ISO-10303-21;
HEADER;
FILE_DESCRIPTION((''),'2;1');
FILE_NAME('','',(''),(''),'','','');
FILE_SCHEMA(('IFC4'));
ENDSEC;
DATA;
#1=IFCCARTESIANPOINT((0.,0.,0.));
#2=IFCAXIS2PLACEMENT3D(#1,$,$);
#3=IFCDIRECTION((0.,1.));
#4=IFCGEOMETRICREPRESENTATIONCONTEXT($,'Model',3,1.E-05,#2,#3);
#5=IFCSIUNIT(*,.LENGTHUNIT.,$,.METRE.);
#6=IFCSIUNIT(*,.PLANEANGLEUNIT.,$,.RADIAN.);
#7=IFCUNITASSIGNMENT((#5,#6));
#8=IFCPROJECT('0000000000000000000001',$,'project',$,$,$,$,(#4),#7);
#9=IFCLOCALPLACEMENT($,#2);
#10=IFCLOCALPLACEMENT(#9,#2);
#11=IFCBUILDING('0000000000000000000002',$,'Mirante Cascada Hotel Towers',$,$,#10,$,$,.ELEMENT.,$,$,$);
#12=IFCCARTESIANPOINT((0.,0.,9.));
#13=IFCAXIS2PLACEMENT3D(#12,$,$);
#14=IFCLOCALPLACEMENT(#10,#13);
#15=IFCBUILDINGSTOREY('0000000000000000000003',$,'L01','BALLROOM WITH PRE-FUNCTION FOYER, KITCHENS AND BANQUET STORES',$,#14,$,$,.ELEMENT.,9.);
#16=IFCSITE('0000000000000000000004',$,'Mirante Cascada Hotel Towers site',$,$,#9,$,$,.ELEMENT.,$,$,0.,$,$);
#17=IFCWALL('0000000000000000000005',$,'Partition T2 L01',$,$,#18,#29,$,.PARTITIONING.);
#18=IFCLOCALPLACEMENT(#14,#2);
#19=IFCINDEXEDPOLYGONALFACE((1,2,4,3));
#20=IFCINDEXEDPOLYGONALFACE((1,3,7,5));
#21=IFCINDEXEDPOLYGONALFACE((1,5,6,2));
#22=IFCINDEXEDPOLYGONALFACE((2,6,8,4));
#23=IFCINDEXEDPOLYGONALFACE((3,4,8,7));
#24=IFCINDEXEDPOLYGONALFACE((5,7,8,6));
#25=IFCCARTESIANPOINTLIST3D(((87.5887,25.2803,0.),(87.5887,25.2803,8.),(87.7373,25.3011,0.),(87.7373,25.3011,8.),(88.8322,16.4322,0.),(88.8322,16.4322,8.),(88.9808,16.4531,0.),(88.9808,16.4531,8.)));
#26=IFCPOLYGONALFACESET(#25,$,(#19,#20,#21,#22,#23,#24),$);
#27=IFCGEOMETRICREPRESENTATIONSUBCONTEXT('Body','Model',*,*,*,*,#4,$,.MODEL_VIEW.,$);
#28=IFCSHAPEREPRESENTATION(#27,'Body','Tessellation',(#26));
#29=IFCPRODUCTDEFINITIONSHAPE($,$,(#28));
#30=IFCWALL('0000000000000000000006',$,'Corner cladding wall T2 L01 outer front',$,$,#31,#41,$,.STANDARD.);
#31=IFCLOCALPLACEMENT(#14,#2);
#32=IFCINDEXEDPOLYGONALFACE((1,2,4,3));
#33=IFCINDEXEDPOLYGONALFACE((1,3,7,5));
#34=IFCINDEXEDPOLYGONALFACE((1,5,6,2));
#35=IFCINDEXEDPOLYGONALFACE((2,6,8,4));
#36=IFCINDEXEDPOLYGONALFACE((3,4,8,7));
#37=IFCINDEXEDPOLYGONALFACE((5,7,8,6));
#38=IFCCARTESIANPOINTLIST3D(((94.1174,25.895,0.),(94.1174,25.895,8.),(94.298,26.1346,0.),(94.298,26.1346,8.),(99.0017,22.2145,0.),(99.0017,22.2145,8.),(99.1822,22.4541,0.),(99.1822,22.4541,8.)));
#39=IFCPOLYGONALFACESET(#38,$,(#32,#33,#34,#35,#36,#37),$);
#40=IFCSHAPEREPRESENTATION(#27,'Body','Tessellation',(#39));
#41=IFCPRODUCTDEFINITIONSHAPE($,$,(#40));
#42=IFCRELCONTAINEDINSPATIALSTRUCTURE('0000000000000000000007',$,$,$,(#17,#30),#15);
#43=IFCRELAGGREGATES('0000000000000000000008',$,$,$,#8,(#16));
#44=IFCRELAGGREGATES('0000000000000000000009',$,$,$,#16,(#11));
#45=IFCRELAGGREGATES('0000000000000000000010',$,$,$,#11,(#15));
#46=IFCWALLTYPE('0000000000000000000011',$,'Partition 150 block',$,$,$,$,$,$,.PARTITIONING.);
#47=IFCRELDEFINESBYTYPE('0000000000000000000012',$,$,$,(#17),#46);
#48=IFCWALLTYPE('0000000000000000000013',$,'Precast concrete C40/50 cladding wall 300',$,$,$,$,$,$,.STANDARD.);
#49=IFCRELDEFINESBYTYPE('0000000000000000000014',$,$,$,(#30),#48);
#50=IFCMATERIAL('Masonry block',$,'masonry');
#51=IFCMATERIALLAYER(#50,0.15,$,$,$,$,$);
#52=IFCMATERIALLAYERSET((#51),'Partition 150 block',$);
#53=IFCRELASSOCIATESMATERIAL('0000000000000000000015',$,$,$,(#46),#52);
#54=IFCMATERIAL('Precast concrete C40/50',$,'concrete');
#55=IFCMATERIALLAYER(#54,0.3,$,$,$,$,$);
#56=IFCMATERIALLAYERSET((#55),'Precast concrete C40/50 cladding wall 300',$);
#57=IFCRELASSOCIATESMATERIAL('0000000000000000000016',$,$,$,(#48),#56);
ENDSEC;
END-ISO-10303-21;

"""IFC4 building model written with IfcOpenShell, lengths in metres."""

from ifc_helpers import new_model, si_unit, direction, frame, frame_2d, origin, place, context, subcontext, project, spatial, rectangle, extrude, material, layer, layer_set, type_object, element, save


model = new_model("IFC4")

# Units and contexts
model_context = context("Model", 3, precision=1e-05, world=origin(), true_north=direction((0.0, 1.0)))
body_context = subcontext(model_context, "Body", "Model", "MODEL_VIEW")
ifc_project = project(units=[si_unit("LENGTHUNIT", "METRE"), si_unit("PLANEANGLEUNIT", "RADIAN")], contexts=[model_context])

# Site, building, storey
site_placement = place(None, origin())
site = spatial("IfcSite", under=ifc_project, at=site_placement, Name="Mirante Cascada Hotel Towers site", CompositionType="ELEMENT", RefElevation=0.0)
building_placement = place(site_placement, origin())
building = spatial("IfcBuilding", under=site, at=building_placement, Name="Mirante Cascada Hotel Towers", CompositionType="ELEMENT")
storey_placement = place(building_placement, frame((0.0, 0.0, 9.0)))
storey = spatial("IfcBuildingStorey", under=building, at=storey_placement, Name="L01", Description="BALLROOM WITH PRE-FUNCTION FOYER, KITCHENS AND BANQUET STORES", CompositionType="ELEMENT", Elevation=9.0)

# Walls
ifc_material_1 = material(Name="Masonry block", Category="masonry")
ifc_layer_1 = layer(ifc_material_1, 0.15)
ifc_layer_set_1 = layer_set([ifc_layer_1], Name="Partition 150 block")
wall_type_1 = type_object("IfcWallType", Name="Partition 150 block", PredefinedType="PARTITIONING", material=ifc_layer_set_1)
wall_1_placement = place(storey_placement, frame((87.663, 25.2907, 0.0), z_axis=(0.0, 0.0, 1.0), x_axis=(0.139173, -0.990268, 0.0)))
element("IfcWall", 1, at=wall_1_placement, inside=storey, type_object=wall_type_1, Name="Partition T2 L01", PredefinedType="PARTITIONING", context=body_context, shape_type="SweptSolid", body=[
    extrude(rectangle(XDim=8.935, YDim=0.15, at=frame_2d((4.4675, 0.0))), origin(), (0.0, 0.0, 1.0), 8.0),
])
ifc_material_2 = material(Name="Precast concrete C40/50", Category="concrete")
ifc_layer_2 = layer(ifc_material_2, 0.3)
ifc_layer_set_2 = layer_set([ifc_layer_2], Name="Precast concrete C40/50 cladding wall 300")
wall_type_2 = type_object("IfcWallType", Name="Precast concrete C40/50 cladding wall 300", PredefinedType="STANDARD", material=ifc_layer_set_2)
wall_2_placement = place(storey_placement, frame((99.0919, 22.3343, 0.0), z_axis=(0.0, 0.0, 1.0), x_axis=(-0.798636, 0.601814, 0.0)))
element("IfcWall", 2, at=wall_2_placement, inside=storey, type_object=wall_type_2, Name="Corner cladding wall T2 L01 outer front", PredefinedType="STANDARD", context=body_context, shape_type="SweptSolid", body=[
    extrude(rectangle(XDim=6.1157, YDim=0.3, at=frame_2d((3.0578, 0.0))), origin(), (0.0, 0.0, 1.0), 8.0),
])

save(model, "model.ifc")
